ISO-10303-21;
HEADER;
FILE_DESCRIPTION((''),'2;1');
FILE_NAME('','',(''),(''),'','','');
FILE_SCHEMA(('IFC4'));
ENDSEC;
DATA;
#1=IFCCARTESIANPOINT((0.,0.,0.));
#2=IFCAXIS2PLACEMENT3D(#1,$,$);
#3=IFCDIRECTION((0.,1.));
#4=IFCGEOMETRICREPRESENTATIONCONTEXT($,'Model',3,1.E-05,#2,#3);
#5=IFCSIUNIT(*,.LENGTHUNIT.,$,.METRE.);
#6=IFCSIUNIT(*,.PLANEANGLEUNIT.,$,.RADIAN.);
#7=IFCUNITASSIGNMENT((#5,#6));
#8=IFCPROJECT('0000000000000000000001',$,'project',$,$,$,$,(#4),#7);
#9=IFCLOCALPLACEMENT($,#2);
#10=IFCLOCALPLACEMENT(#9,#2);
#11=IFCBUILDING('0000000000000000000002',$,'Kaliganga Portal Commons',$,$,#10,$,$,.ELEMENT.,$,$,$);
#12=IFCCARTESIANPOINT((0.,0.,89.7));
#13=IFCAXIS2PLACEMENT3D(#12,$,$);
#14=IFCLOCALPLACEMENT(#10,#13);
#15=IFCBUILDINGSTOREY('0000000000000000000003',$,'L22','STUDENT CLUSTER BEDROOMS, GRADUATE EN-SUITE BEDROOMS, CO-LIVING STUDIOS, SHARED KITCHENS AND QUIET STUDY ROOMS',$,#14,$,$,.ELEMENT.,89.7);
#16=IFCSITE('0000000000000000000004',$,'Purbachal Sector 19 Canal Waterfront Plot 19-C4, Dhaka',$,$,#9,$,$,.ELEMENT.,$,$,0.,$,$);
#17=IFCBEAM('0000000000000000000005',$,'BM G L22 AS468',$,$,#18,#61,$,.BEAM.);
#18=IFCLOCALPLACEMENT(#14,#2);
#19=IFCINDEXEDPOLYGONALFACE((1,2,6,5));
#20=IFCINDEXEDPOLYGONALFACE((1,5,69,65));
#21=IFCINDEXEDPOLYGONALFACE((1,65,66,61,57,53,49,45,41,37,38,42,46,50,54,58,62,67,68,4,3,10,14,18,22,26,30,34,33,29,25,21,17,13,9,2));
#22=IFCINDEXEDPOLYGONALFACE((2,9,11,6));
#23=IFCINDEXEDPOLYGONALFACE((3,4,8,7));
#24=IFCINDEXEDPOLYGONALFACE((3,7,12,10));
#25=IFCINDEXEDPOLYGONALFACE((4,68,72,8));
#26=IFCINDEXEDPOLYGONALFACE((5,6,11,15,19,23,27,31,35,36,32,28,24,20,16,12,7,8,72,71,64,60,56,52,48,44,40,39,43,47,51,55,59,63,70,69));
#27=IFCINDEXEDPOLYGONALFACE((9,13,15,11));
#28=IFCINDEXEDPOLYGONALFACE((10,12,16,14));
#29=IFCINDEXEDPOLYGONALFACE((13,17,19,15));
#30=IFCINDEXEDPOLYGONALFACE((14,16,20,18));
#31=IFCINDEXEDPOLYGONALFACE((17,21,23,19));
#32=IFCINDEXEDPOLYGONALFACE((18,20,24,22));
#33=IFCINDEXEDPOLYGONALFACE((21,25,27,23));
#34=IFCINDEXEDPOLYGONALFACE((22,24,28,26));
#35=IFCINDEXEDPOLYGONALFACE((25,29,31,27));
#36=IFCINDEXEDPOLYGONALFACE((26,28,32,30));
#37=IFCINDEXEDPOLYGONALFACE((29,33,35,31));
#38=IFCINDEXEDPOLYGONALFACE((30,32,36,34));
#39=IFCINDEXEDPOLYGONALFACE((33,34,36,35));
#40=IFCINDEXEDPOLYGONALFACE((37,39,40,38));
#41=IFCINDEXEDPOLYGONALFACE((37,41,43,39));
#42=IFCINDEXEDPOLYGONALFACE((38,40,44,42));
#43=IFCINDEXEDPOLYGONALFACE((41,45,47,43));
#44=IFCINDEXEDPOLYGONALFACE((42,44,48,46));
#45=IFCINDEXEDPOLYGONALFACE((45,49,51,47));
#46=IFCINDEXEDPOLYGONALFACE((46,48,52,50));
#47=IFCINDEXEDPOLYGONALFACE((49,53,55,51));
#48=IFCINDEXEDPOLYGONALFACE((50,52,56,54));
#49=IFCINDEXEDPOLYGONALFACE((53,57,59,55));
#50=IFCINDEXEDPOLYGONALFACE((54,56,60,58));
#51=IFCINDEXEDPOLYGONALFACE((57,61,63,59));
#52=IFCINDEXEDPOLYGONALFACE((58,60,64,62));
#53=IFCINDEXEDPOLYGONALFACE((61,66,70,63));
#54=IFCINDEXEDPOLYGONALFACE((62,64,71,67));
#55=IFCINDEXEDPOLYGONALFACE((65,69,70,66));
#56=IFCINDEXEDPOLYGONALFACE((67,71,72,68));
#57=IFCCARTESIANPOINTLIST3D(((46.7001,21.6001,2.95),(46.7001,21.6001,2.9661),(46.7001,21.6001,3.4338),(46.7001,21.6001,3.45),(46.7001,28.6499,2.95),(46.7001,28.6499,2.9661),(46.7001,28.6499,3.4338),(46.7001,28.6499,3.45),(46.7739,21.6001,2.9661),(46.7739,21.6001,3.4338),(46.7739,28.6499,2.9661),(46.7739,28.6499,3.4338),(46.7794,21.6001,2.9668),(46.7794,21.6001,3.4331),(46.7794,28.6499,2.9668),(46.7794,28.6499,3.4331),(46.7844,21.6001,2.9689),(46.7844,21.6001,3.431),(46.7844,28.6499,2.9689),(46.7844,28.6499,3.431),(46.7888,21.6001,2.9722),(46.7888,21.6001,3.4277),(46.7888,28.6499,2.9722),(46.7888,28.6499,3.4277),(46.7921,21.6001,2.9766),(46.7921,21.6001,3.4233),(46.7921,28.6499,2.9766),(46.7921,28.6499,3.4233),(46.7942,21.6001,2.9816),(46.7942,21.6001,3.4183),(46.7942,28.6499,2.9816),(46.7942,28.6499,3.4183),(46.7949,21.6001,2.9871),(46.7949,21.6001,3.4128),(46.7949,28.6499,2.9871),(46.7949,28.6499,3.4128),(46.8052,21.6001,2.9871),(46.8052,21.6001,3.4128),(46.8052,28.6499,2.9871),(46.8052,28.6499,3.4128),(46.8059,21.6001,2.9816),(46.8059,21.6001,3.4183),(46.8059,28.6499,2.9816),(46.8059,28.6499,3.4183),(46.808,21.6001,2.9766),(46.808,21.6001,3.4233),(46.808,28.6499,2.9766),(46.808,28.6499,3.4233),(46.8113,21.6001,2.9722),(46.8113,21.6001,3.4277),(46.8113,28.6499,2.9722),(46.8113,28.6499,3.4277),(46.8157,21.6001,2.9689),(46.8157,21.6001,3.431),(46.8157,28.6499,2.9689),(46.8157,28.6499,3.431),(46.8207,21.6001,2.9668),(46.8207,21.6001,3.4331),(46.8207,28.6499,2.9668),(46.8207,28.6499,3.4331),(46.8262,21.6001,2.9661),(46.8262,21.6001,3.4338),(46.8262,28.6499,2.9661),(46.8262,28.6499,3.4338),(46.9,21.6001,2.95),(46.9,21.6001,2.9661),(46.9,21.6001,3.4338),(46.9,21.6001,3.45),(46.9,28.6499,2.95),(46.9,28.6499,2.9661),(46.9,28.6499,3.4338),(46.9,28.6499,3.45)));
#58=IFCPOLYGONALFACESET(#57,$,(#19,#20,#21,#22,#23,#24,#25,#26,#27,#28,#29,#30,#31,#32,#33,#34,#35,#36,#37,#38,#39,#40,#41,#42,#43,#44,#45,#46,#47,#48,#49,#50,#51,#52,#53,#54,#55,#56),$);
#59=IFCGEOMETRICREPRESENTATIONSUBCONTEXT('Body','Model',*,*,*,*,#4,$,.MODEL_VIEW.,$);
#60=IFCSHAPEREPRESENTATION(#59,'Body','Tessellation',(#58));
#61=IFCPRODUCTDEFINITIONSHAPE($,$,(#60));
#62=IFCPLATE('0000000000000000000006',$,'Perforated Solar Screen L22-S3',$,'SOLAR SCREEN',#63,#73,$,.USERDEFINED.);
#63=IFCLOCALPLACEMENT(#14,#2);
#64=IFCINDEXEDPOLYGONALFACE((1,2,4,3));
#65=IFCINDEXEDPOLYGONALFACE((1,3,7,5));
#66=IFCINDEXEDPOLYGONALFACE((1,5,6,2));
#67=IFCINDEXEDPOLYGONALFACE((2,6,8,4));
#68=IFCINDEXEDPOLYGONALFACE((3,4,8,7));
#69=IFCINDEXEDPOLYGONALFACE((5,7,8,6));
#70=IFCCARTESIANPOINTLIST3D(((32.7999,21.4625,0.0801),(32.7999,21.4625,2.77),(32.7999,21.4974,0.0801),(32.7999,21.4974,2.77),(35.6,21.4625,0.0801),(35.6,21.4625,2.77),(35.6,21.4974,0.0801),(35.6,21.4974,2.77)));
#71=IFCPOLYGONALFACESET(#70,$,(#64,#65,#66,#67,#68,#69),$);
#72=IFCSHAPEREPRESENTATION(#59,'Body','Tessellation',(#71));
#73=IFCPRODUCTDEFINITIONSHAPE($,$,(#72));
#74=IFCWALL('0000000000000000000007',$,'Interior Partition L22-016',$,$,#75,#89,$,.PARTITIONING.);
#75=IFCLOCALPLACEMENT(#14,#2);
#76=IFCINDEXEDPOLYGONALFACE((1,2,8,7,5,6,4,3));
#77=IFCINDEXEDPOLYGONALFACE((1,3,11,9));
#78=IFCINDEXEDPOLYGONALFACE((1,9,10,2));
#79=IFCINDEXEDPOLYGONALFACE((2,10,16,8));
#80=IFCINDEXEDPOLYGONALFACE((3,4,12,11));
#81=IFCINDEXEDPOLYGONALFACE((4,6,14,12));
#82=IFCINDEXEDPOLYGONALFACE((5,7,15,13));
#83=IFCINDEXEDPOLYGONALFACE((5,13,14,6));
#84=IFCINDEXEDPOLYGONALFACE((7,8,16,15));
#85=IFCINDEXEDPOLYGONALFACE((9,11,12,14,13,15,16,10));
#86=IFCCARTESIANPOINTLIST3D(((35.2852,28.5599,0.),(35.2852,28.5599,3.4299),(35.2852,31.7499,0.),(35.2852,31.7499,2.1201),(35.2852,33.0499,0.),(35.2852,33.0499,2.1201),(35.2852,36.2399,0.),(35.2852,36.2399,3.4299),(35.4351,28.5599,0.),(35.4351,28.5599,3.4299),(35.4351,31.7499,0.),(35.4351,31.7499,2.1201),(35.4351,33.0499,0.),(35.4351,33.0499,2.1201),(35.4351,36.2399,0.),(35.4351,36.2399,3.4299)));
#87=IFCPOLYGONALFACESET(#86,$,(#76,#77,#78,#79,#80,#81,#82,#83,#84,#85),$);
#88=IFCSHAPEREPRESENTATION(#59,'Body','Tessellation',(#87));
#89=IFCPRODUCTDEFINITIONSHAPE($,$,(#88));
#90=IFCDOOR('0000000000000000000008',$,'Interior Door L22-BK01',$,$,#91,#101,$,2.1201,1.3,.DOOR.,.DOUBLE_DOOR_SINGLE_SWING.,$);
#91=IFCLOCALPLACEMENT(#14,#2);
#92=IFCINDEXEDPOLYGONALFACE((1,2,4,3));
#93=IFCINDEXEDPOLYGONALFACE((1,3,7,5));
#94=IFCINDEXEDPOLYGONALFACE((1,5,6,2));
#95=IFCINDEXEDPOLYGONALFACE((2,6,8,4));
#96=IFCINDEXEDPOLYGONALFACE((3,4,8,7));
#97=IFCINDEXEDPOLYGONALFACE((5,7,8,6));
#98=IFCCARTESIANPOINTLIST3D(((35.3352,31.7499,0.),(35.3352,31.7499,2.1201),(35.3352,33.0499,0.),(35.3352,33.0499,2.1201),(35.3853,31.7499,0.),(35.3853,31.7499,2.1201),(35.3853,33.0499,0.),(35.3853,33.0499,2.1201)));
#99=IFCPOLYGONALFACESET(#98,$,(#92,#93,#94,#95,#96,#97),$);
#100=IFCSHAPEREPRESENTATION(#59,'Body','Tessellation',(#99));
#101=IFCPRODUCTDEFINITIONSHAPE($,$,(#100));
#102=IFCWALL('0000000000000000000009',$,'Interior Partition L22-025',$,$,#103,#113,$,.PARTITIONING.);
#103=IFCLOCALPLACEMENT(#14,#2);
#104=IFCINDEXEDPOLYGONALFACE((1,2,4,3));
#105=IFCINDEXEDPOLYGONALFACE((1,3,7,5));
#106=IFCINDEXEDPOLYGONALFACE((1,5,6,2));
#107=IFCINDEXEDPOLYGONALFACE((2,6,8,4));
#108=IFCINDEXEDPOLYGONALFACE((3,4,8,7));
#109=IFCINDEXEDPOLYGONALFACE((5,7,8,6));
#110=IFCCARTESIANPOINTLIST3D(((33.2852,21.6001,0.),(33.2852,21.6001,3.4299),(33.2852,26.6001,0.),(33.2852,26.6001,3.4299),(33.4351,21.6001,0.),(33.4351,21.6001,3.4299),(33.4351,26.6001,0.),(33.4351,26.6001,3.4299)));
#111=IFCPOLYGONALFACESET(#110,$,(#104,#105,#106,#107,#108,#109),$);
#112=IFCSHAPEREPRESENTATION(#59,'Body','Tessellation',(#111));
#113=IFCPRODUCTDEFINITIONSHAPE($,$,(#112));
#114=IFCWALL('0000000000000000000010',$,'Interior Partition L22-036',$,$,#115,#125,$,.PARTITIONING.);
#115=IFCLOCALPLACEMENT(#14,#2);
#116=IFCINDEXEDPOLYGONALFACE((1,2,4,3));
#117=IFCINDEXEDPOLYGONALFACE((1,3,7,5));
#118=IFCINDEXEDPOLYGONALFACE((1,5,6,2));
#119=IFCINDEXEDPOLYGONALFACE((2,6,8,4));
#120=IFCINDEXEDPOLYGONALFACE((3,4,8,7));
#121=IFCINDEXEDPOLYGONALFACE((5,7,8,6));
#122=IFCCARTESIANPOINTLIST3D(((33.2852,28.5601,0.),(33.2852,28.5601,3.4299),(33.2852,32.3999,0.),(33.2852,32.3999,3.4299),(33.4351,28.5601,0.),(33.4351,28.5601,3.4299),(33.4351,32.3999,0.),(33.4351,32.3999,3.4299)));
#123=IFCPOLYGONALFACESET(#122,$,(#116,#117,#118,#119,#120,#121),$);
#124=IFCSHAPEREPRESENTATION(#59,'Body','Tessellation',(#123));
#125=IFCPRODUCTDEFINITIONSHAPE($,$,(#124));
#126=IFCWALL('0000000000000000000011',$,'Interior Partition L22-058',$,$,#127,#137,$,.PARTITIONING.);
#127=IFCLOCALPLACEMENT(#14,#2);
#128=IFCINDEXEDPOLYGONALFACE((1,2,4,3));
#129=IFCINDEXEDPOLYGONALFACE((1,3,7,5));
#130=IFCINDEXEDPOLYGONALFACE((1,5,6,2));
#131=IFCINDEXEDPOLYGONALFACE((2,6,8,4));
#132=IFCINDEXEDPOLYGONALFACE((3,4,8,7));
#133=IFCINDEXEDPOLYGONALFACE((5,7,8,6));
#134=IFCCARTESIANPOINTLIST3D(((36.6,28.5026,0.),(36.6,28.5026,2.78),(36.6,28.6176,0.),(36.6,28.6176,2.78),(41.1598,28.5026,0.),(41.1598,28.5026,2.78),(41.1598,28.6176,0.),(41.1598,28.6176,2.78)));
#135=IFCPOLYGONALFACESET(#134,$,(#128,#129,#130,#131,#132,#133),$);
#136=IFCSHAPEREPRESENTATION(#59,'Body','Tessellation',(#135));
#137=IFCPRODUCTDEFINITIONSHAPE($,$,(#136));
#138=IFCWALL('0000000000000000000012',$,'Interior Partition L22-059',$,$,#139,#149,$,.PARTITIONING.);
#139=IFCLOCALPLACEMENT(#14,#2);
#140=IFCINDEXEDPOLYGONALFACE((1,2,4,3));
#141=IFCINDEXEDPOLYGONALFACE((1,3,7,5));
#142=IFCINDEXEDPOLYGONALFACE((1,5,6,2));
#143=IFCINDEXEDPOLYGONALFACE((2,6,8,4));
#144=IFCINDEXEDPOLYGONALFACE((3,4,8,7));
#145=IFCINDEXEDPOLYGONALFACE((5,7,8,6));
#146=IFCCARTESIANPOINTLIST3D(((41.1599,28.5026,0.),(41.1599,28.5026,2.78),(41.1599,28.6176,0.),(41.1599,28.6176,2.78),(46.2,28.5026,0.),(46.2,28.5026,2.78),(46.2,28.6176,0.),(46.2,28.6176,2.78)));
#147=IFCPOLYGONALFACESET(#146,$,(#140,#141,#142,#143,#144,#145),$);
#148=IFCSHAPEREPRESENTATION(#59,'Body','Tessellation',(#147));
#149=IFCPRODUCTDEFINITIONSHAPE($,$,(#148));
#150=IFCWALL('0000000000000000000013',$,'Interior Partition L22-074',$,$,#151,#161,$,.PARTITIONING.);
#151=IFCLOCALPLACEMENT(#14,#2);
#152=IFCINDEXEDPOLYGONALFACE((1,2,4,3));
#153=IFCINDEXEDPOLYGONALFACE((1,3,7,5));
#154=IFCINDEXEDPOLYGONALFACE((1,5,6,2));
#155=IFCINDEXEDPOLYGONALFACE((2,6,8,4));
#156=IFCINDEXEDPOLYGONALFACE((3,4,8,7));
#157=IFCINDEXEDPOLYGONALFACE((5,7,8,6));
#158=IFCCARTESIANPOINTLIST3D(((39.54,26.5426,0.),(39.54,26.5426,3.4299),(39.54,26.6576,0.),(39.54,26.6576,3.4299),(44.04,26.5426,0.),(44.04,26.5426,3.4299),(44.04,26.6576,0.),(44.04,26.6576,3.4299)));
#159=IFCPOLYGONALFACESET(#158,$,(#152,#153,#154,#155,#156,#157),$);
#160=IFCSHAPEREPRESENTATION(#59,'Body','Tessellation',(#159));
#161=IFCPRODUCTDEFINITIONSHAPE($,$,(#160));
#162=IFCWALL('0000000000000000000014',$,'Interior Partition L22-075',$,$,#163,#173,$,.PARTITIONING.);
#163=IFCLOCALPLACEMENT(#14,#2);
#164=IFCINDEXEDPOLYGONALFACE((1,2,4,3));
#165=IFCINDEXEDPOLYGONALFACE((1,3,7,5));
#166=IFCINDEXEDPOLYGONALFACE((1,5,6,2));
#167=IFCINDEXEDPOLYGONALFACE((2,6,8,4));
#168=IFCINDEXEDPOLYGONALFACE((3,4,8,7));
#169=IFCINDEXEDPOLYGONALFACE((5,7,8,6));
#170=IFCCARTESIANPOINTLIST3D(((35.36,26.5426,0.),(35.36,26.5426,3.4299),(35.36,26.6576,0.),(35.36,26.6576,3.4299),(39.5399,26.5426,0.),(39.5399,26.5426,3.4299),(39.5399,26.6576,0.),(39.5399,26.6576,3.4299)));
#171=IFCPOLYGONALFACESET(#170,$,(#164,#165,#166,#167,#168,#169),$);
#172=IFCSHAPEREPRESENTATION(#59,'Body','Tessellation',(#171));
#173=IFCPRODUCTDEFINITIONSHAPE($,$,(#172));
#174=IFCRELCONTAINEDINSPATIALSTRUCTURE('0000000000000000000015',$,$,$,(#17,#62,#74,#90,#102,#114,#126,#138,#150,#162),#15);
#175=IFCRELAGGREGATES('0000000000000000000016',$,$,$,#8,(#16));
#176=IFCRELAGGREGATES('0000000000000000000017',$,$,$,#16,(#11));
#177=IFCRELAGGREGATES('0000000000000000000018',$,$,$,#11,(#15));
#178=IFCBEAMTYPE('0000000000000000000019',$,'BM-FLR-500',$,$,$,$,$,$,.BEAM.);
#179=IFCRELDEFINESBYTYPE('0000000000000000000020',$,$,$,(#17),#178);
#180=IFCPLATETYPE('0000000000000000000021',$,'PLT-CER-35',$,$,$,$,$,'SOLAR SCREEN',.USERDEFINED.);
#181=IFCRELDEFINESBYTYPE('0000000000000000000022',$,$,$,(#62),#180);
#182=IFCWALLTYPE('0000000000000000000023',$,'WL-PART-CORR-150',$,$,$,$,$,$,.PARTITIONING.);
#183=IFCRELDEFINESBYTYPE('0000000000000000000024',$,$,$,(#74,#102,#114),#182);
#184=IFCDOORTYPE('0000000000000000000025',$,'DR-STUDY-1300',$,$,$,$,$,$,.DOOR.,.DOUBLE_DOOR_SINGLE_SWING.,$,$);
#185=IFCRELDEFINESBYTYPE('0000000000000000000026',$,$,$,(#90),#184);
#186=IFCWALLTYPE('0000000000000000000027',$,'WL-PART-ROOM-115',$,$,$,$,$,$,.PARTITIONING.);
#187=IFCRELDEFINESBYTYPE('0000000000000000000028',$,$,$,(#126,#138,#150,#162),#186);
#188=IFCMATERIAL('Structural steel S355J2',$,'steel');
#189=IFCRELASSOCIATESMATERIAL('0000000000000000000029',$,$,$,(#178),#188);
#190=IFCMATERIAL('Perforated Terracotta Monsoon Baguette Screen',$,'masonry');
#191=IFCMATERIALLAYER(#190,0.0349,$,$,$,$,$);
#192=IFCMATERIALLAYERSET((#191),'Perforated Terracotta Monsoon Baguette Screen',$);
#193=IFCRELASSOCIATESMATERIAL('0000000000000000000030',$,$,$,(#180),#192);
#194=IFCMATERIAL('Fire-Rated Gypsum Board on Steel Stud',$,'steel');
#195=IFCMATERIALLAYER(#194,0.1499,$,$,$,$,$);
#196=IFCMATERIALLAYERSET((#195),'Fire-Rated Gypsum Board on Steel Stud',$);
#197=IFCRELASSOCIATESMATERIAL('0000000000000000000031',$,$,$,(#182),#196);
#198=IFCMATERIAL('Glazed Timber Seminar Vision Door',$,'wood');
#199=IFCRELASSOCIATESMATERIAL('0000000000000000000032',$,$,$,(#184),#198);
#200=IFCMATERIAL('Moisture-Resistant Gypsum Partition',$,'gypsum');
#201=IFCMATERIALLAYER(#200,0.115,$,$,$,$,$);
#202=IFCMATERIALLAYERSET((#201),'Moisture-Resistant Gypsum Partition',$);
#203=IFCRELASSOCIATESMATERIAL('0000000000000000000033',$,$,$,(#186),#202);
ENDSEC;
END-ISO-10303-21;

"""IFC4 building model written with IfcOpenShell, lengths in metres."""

from ifc_helpers import new_model, si_unit, direction, frame, frame_2d, origin, origin_2d, place, context, subcontext, project, spatial, rectangle, i_section, extrude, source, transform, mapped, material, layer, layer_set, material_profile, profile_set, type_object, element, fill, save


model = new_model("IFC4")

# Units and contexts
model_context = context("Model", 3, precision=1e-05, world=origin(), true_north=direction((0.0, 1.0)))
body_context = subcontext(model_context, "Body", "Model", "MODEL_VIEW")
ifc_project = project(units=[si_unit("LENGTHUNIT", "METRE"), si_unit("PLANEANGLEUNIT", "RADIAN")], contexts=[model_context])

# Site, building, storey
site_placement = place(None, origin())
site = spatial("IfcSite", under=ifc_project, at=site_placement, Name="Purbachal Sector 19 Canal Waterfront Plot 19-C4, Dhaka", CompositionType="ELEMENT", RefElevation=0.0)
building_placement = place(site_placement, origin())
building = spatial("IfcBuilding", under=site, at=building_placement, Name="Kaliganga Portal Commons", CompositionType="ELEMENT")
storey_placement = place(building_placement, frame((0.0, 0.0, 89.7)))
storey = spatial("IfcBuildingStorey", under=building, at=storey_placement, Name="L22", Description="STUDENT CLUSTER BEDROOMS, GRADUATE EN-SUITE BEDROOMS, CO-LIVING STUDIOS, SHARED KITCHENS AND QUIET STUDY ROOMS", CompositionType="ELEMENT", Elevation=89.7)

# Beam
ifc_material_1 = material(Name="Structural steel S355J2", Category="steel")
ifc_material_profile_1 = material_profile(ifc_material_1, i_section(OverallWidth=0.2, OverallDepth=0.5, WebThickness=0.0103, FlangeThickness=0.0161, FilletRadius=0.021, at=origin_2d()), Name="IPE 500")
ifc_profile_set_1 = profile_set([ifc_material_profile_1], Name="Structural steel S355J2 wide-flange")
beam_type_1 = type_object("IfcBeamType", Name="BM-FLR-500", PredefinedType="BEAM", material=ifc_profile_set_1)
shared_shape_1 = source(origin(), body_context, "Body", "SweptSolid", [
    extrude(i_section(OverallWidth=0.2, OverallDepth=0.5, WebThickness=0.0103, FlangeThickness=0.0161, FilletRadius=0.021, at=origin_2d()), origin(), (0.0, 0.0, 1.0), 7.0498),
])
for number, where, z_axis, x_axis, name in (
    (1, (46.8, 21.6001, 3.2), (0.0, 1.0, 0.0), (-1.0, 0.0, 0.0), "BM G L22 AS468"),
):
    element("IfcBeam", number, at=place(storey_placement, frame(where, z_axis=z_axis, x_axis=x_axis)), inside=storey, type_object=beam_type_1, Name=name, PredefinedType="BEAM", context=body_context, shape_type="MappedRepresentation", body=[
        mapped(shared_shape_1, transform((0.0, 0.0, 0.0), x_axis=(1.0, 0.0, 0.0), y_axis=(0.0, 1.0, 0.0), z_axis=(0.0, 0.0, 1.0), scale=1.0)),
    ])

# Plate
ifc_material_2 = material(Name="Perforated Terracotta Monsoon Baguette Screen", Category="masonry")
ifc_layer_1 = layer(ifc_material_2, 0.0349)
ifc_layer_set_1 = layer_set([ifc_layer_1], Name="Perforated Terracotta Monsoon Baguette Screen")
plate_type = type_object("IfcPlateType", Name="PLT-CER-35", ElementType="SOLAR SCREEN", PredefinedType="USERDEFINED", material=ifc_layer_set_1)
shared_shape_2 = source(origin(), body_context, "Body", "SweptSolid", [
    extrude(rectangle(XDim=2.8, YDim=0.0349, at=origin_2d()), origin(), (0.0, 0.0, 1.0), 2.6899),
])
plate_placement = place(storey_placement, frame((34.2, 21.48, 0.0801), z_axis=(0.0, 0.0, 1.0), x_axis=(1.0, 0.0, 0.0)))
element("IfcPlate", 2, at=plate_placement, inside=storey, type_object=plate_type, Name="Perforated Solar Screen L22-S3", ObjectType="SOLAR SCREEN", PredefinedType="USERDEFINED", context=body_context, shape_type="MappedRepresentation", body=[
    mapped(shared_shape_2, transform((0.0, 0.0, 0.0), x_axis=(1.0, 0.0, 0.0), y_axis=(0.0, 1.0, 0.0), z_axis=(0.0, 0.0, 1.0), scale=1.0)),
])

# Wall, opening, door
ifc_material_3 = material(Name="Fire-Rated Gypsum Board on Steel Stud", Category="steel")
ifc_layer_2 = layer(ifc_material_3, 0.1499)
ifc_layer_set_2 = layer_set([ifc_layer_2], Name="Fire-Rated Gypsum Board on Steel Stud")
wall_type_1 = type_object("IfcWallType", Name="WL-PART-CORR-150", PredefinedType="PARTITIONING", material=ifc_layer_set_2)
wall_1_placement = place(storey_placement, frame((35.3601, 28.5601, 0.0), z_axis=(0.0, 0.0, 1.0), x_axis=(0.0, 1.0, 0.0)))
wall_1 = element("IfcWall", 3, at=wall_1_placement, inside=storey, type_object=wall_type_1, Name="Interior Partition L22-016", PredefinedType="PARTITIONING", context=body_context, shape_type="SweptSolid", body=[
    extrude(rectangle(XDim=7.6799, YDim=0.1499, at=frame_2d((3.8398, 0.0))), origin(), (0.0, 0.0, 1.0), 3.4299),
])
opening_placement = place(wall_1_placement, frame((3.1899, 0.0, 0.0)))
opening = element("IfcOpeningElement", 4, at=opening_placement, cuts=wall_1, PredefinedType="OPENING", context=body_context, shape_type="SweptSolid", body=[
    extrude(rectangle(XDim=1.3, YDim=2.1201, at=frame_2d((0.6499, 1.0601))), frame((0.0, 0.085, 0.0), z_axis=(0.0, -1.0, 0.0), x_axis=(1.0, 0.0, 0.0)), (0.0, 0.0, 1.0), 0.1699),
])
ifc_material_4 = material(Name="Glazed Timber Seminar Vision Door", Category="wood")
door_type = type_object("IfcDoorType", Name="DR-STUDY-1300", OperationType="DOUBLE_DOOR_SINGLE_SWING", PredefinedType="DOOR", material=ifc_material_4)
door_placement = place(opening_placement, origin())
door = element("IfcDoor", 5, at=door_placement, inside=storey, type_object=door_type, Name="Interior Door L22-BK01", OperationType="DOUBLE_DOOR_SINGLE_SWING", OverallHeight=2.1201, OverallWidth=1.3, PredefinedType="DOOR", context=body_context, shape_type="SweptSolid", body=[
    extrude(rectangle(XDim=1.3, YDim=2.1201, at=frame_2d((0.6499, 1.0601))), frame((0.0, 0.0249, 0.0), z_axis=(0.0, -1.0, 0.0), x_axis=(1.0, 0.0, 0.0)), (0.0, 0.0, 1.0), 0.05),
])
fill(opening, door)

# Walls
wall_2_placement = place(storey_placement, frame((33.3601, 21.6001, 0.0), z_axis=(0.0, 0.0, 1.0), x_axis=(0.0, 1.0, 0.0)))
element("IfcWall", 6, at=wall_2_placement, inside=storey, type_object=wall_type_1, Name="Interior Partition L22-025", PredefinedType="PARTITIONING", context=body_context, shape_type="SweptSolid", body=[
    extrude(rectangle(XDim=5.0, YDim=0.1499, at=frame_2d((2.5, 0.0))), origin(), (0.0, 0.0, 1.0), 3.4299),
])
wall_3_placement = place(storey_placement, frame((33.3601, 28.5601, 0.0), z_axis=(0.0, 0.0, 1.0), x_axis=(0.0, 1.0, 0.0)))
element("IfcWall", 7, at=wall_3_placement, inside=storey, type_object=wall_type_1, Name="Interior Partition L22-036", PredefinedType="PARTITIONING", context=body_context, shape_type="SweptSolid", body=[
    extrude(rectangle(XDim=3.8398, YDim=0.1499, at=frame_2d((1.9199, 0.0))), origin(), (0.0, 0.0, 1.0), 3.4299),
])
ifc_material_5 = material(Name="Moisture-Resistant Gypsum Partition", Category="gypsum")
ifc_layer_3 = layer(ifc_material_5, 0.115)
ifc_layer_set_3 = layer_set([ifc_layer_3], Name="Moisture-Resistant Gypsum Partition")
wall_type_2 = type_object("IfcWallType", Name="WL-PART-ROOM-115", PredefinedType="PARTITIONING", material=ifc_layer_set_3)
wall_4_placement = place(storey_placement, frame((36.6001, 28.5601, 0.0), z_axis=(0.0, 0.0, 1.0), x_axis=(1.0, 0.0, 0.0)))
element("IfcWall", 8, at=wall_4_placement, inside=storey, type_object=wall_type_2, Name="Interior Partition L22-058", PredefinedType="PARTITIONING", context=body_context, shape_type="SweptSolid", body=[
    extrude(rectangle(XDim=4.5598, YDim=0.115, at=frame_2d((2.2798, 0.0))), origin(), (0.0, 0.0, 1.0), 2.78),
])
wall_5_placement = place(storey_placement, frame((41.1599, 28.5601, 0.0), z_axis=(0.0, 0.0, 1.0), x_axis=(1.0, 0.0, 0.0)))
element("IfcWall", 9, at=wall_5_placement, inside=storey, type_object=wall_type_2, Name="Interior Partition L22-059", PredefinedType="PARTITIONING", context=body_context, shape_type="SweptSolid", body=[
    extrude(rectangle(XDim=5.04, YDim=0.115, at=frame_2d((2.52, 0.0))), origin(), (0.0, 0.0, 1.0), 2.78),
])
wall_6_placement = place(storey_placement, frame((39.54, 26.6001, 0.0), z_axis=(0.0, 0.0, 1.0), x_axis=(1.0, 0.0, 0.0)))
element("IfcWall", 10, at=wall_6_placement, inside=storey, type_object=wall_type_2, Name="Interior Partition L22-074", PredefinedType="PARTITIONING", context=body_context, shape_type="SweptSolid", body=[
    extrude(rectangle(XDim=4.5, YDim=0.115, at=frame_2d((2.25, 0.0))), origin(), (0.0, 0.0, 1.0), 3.4299),
])
wall_7_placement = place(storey_placement, frame((35.3601, 26.6001, 0.0), z_axis=(0.0, 0.0, 1.0), x_axis=(1.0, 0.0, 0.0)))
element("IfcWall", 11, at=wall_7_placement, inside=storey, type_object=wall_type_2, Name="Interior Partition L22-075", PredefinedType="PARTITIONING", context=body_context, shape_type="SweptSolid", body=[
    extrude(rectangle(XDim=4.1799, YDim=0.115, at=frame_2d((2.0898, 0.0))), origin(), (0.0, 0.0, 1.0), 3.4299),
])

save(model, "model.ifc")
